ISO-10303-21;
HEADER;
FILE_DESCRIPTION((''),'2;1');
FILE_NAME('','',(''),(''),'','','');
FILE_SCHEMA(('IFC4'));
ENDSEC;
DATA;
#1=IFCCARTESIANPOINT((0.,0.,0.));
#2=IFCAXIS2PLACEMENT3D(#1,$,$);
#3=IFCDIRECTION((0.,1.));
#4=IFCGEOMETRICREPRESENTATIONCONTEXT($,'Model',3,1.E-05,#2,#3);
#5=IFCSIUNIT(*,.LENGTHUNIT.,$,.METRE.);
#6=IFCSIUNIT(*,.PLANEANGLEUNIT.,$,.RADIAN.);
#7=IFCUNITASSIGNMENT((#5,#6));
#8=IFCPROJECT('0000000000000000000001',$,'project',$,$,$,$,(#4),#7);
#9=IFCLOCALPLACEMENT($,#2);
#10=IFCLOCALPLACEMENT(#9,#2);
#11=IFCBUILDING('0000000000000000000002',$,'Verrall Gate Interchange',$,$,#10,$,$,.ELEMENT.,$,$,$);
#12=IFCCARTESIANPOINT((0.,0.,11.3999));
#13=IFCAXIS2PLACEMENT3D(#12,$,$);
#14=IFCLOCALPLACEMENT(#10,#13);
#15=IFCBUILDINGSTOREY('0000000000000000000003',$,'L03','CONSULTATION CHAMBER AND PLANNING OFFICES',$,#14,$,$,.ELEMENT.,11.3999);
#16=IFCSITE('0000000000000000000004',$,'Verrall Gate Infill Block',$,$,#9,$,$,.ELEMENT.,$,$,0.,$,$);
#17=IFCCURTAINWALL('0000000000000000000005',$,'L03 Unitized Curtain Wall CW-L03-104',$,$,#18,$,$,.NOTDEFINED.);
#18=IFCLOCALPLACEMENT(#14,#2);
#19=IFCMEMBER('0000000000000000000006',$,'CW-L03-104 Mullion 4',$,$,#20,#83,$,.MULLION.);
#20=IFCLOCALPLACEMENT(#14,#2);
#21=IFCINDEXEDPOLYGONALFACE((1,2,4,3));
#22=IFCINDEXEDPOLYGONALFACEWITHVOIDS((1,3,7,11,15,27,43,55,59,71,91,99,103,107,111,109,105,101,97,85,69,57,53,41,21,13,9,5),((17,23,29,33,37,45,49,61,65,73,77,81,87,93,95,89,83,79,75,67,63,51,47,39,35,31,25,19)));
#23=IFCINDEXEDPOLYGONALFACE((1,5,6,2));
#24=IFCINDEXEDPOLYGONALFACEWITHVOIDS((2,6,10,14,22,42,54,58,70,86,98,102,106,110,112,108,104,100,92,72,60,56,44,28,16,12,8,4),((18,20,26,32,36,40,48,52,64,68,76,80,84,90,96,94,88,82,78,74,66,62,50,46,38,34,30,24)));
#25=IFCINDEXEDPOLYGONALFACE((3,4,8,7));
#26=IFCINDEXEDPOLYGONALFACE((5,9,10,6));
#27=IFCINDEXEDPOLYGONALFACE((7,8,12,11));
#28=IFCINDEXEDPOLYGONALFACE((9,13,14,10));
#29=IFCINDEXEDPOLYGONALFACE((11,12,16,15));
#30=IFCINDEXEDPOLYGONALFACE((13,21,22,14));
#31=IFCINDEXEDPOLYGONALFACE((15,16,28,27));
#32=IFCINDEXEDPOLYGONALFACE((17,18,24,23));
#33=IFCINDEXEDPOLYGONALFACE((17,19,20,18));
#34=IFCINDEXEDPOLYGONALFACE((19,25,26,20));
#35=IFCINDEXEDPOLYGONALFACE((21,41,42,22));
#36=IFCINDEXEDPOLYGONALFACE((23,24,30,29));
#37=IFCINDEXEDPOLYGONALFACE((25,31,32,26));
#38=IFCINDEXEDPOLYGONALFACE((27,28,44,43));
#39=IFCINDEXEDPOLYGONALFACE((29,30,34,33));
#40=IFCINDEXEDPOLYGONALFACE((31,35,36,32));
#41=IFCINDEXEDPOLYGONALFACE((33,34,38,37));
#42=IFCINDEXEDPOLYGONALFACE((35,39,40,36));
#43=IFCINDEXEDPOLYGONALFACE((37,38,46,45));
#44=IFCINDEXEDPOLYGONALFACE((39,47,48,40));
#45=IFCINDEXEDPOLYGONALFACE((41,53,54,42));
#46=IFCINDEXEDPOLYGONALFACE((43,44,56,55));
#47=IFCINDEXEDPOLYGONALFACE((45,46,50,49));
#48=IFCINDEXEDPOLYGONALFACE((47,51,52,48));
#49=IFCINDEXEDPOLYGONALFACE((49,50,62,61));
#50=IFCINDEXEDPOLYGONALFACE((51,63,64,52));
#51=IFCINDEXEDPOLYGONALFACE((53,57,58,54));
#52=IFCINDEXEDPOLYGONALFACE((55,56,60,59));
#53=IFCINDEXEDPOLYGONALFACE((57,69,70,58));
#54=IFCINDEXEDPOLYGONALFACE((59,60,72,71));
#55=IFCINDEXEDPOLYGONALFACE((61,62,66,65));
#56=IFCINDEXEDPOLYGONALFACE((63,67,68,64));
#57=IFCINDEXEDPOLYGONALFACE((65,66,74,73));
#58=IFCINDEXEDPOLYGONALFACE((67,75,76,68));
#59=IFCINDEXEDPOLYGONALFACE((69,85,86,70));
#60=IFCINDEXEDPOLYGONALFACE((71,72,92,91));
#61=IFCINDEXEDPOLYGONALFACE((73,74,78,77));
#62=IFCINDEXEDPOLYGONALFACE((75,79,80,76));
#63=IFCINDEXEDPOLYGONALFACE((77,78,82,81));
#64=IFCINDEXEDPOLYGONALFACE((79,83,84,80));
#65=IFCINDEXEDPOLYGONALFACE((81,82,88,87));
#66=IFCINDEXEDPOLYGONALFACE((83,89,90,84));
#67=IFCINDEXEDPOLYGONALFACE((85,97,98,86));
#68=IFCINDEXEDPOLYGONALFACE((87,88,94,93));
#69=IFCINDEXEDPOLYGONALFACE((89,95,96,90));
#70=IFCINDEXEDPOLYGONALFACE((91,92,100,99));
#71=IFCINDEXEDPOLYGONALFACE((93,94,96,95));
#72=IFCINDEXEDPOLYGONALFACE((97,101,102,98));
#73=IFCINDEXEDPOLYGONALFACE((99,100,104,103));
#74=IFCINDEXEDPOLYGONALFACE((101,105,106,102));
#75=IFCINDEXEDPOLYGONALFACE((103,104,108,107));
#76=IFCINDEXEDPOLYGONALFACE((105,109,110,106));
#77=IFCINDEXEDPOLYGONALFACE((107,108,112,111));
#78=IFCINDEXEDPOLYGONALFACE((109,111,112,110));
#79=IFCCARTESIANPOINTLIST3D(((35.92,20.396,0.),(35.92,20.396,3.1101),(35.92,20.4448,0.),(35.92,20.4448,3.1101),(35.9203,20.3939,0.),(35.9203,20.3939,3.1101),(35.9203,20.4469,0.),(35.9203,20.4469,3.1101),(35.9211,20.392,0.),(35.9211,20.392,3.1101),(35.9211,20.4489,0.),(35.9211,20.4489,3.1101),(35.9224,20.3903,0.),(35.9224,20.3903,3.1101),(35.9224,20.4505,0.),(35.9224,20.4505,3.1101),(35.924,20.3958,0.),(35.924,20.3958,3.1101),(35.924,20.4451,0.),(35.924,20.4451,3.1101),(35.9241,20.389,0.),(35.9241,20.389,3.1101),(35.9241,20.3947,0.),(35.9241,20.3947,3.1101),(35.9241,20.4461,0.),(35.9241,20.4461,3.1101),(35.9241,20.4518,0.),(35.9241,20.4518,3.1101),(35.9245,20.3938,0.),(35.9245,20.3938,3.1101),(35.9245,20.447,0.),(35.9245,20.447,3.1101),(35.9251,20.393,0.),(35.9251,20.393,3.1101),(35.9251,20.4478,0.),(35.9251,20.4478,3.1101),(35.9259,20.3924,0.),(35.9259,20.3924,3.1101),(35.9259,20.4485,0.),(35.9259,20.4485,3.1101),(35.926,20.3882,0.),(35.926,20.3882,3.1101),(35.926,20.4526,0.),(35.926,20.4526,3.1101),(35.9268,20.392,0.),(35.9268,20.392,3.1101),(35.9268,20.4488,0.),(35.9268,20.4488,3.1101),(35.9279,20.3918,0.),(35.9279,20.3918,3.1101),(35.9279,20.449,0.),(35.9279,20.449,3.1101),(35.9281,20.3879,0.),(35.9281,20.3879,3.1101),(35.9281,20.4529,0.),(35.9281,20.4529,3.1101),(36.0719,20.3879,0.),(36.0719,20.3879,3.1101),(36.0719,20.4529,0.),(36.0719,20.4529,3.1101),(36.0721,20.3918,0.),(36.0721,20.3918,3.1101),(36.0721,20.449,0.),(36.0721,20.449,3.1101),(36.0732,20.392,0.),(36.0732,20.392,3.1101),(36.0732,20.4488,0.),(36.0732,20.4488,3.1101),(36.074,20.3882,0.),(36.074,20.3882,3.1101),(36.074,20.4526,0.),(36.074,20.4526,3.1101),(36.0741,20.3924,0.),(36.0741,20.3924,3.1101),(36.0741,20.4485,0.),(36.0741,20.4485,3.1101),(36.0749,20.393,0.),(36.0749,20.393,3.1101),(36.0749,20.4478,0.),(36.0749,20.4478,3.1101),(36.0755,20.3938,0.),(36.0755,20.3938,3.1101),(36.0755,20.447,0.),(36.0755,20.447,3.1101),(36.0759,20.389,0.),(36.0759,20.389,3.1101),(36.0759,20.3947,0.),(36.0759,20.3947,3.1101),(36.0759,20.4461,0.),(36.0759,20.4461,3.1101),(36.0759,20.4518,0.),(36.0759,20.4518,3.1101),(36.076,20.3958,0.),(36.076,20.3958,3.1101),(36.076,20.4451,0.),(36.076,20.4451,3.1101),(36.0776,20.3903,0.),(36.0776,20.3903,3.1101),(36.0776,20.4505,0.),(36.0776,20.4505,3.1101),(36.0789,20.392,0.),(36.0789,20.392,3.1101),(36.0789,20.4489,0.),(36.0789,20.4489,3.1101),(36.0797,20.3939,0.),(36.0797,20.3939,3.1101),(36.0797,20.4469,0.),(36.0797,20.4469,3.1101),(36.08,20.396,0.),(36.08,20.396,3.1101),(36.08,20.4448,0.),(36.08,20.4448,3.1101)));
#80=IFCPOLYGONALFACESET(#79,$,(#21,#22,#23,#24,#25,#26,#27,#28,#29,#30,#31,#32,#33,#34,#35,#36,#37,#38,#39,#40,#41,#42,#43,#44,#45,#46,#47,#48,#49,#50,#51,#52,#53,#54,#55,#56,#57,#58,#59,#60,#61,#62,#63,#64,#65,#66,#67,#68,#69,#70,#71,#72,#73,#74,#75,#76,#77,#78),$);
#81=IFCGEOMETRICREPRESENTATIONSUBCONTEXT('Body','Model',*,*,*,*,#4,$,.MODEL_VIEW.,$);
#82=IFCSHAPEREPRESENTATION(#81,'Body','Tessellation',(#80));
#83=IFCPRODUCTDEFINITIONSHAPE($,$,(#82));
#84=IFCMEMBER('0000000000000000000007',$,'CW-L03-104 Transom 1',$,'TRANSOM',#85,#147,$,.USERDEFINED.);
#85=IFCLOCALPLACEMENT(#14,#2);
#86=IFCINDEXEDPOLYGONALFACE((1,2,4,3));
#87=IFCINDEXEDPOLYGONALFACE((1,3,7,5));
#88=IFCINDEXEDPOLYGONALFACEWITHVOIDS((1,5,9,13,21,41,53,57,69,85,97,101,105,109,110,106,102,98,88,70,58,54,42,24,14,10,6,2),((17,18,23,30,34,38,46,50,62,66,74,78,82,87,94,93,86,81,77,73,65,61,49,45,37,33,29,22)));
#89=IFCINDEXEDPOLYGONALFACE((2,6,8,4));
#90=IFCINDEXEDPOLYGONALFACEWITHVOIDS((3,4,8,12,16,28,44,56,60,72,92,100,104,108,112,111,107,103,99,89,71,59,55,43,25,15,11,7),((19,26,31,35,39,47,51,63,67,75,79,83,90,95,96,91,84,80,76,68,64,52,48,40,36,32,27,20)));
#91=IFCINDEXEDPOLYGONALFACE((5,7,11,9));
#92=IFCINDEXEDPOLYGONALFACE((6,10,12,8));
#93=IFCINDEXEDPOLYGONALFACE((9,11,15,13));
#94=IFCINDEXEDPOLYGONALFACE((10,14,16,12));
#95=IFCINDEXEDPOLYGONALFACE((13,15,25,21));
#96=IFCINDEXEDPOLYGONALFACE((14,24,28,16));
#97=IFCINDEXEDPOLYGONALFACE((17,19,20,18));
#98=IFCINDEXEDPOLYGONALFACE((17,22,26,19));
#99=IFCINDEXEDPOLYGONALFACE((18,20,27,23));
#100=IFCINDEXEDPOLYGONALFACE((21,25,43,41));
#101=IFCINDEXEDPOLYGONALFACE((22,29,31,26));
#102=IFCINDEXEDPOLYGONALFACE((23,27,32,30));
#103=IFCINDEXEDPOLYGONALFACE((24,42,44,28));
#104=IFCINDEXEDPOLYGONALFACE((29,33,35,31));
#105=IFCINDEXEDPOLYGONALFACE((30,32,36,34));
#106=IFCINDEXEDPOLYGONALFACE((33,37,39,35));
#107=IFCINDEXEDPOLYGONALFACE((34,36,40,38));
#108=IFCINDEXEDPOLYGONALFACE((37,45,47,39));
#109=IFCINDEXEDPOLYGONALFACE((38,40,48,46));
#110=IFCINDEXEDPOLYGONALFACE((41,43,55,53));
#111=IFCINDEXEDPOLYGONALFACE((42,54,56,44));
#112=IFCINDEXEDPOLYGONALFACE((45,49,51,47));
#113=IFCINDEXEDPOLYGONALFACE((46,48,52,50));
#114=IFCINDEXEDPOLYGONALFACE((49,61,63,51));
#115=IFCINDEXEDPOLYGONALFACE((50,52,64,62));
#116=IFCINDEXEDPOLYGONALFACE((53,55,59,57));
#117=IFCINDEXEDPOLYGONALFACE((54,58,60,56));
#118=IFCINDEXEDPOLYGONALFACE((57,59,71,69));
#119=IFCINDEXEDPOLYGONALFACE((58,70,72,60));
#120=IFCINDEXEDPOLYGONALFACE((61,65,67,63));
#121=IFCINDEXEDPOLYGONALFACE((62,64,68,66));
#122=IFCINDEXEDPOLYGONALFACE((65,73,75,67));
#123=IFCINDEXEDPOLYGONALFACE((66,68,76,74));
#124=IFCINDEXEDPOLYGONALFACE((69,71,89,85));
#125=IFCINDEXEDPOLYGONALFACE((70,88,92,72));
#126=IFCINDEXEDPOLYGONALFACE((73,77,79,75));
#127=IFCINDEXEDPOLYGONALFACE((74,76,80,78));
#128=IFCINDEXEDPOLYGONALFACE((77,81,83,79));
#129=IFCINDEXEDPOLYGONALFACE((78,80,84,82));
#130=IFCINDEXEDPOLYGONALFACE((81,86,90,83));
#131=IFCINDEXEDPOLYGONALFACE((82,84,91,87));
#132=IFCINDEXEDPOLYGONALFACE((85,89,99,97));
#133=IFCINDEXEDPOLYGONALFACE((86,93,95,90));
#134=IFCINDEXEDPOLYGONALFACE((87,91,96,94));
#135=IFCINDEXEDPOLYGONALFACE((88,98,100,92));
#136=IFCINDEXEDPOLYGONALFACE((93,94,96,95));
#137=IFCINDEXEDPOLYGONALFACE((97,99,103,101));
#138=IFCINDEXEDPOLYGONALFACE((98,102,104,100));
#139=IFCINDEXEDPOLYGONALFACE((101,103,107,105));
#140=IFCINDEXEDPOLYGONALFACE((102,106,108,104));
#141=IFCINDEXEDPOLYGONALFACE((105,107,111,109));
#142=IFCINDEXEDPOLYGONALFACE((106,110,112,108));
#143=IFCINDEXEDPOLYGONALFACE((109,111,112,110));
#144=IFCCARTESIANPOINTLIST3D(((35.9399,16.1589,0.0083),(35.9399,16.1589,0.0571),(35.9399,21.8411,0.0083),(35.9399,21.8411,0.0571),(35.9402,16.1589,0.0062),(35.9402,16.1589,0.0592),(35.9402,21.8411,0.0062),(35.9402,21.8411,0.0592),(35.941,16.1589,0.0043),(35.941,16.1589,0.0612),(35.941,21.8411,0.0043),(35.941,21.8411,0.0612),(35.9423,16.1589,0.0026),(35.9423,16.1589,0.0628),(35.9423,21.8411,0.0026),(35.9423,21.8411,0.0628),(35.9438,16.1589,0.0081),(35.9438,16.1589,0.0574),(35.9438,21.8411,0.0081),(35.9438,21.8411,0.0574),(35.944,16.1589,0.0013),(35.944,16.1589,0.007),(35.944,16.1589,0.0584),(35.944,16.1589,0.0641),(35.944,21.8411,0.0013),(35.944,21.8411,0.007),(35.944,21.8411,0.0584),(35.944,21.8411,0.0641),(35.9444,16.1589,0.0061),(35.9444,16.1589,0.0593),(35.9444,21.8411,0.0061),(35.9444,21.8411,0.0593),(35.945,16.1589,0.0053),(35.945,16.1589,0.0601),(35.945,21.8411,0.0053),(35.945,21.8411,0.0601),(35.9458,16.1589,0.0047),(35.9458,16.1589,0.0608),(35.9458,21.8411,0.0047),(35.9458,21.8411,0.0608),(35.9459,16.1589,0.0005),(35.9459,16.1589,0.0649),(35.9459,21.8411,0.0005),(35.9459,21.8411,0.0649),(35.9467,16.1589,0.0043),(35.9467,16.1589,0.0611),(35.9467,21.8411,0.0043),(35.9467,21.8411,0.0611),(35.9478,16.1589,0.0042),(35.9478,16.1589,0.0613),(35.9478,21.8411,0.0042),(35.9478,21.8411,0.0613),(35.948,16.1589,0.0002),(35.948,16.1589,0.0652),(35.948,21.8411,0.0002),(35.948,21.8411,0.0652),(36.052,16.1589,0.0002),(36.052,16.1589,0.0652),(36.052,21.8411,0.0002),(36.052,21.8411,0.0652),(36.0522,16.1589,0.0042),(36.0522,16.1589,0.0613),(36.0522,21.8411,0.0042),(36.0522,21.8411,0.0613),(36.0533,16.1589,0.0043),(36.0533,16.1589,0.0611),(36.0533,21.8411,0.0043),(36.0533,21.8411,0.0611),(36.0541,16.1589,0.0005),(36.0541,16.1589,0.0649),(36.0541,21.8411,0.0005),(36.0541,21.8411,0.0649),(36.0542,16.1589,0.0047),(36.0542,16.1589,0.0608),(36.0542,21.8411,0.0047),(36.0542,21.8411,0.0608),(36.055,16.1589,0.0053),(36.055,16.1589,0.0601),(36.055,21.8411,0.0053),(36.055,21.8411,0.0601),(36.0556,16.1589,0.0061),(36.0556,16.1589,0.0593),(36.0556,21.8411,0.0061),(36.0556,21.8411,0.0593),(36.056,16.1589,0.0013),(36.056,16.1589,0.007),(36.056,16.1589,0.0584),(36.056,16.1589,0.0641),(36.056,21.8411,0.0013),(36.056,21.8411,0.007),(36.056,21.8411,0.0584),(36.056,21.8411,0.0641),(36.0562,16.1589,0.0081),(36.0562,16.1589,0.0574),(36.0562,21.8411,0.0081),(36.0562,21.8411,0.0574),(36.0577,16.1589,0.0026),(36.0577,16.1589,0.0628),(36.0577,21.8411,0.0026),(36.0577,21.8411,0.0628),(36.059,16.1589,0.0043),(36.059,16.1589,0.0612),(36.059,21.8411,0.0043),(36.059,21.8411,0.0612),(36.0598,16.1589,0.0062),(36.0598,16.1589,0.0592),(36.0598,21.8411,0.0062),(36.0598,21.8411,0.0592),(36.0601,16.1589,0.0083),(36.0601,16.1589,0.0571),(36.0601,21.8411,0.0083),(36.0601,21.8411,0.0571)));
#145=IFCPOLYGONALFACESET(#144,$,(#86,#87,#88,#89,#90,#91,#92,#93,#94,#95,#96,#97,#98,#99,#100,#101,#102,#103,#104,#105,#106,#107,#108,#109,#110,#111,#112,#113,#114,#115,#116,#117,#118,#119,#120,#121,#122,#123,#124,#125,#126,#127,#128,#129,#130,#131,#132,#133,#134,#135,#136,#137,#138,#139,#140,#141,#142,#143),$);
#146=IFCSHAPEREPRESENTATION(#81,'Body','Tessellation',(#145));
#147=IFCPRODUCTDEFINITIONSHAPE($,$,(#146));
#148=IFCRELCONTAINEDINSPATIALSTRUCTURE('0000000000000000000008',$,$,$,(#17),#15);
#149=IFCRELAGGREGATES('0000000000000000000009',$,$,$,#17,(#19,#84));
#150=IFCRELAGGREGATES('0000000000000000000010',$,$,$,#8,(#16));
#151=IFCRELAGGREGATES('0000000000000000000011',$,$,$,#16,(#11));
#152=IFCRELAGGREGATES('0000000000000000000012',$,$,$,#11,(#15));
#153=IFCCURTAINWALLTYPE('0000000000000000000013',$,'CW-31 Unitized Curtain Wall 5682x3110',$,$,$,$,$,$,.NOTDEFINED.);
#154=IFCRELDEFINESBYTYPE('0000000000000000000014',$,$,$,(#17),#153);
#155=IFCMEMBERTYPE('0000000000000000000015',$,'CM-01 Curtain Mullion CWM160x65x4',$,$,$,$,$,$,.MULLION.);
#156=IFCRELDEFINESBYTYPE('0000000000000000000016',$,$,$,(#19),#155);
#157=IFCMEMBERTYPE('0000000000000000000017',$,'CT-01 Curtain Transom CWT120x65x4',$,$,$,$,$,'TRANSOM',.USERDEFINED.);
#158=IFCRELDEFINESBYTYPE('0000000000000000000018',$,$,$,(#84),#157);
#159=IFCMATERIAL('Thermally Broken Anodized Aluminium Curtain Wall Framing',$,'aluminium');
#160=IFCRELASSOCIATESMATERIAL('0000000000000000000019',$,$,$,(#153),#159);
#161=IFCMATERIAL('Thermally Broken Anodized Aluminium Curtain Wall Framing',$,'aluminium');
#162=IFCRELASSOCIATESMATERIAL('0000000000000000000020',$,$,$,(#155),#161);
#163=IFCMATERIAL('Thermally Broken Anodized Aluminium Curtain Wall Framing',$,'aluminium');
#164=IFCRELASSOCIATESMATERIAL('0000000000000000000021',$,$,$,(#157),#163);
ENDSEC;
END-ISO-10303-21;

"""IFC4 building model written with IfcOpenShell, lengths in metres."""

from ifc_helpers import new_model, si_unit, direction, frame, origin, origin_2d, place, context, subcontext, project, spatial, hollow_rectangle, extrude, material, material_profile, profile_set, type_object, element, aggregate, save


model = new_model("IFC4")

# Units and contexts
model_context = context("Model", 3, precision=1e-05, world=origin(), true_north=direction((0.0, 1.0)))
body_context = subcontext(model_context, "Body", "Model", "MODEL_VIEW")
ifc_project = project(units=[si_unit("LENGTHUNIT", "METRE"), si_unit("PLANEANGLEUNIT", "RADIAN")], contexts=[model_context])

# Site, building, storey
site_placement = place(None, origin())
site = spatial("IfcSite", under=ifc_project, at=site_placement, Name="Verrall Gate Infill Block", CompositionType="ELEMENT", RefElevation=0.0)
building_placement = place(site_placement, origin())
building = spatial("IfcBuilding", under=site, at=building_placement, Name="Verrall Gate Interchange", CompositionType="ELEMENT")
storey_placement = place(building_placement, frame((0.0, 0.0, 11.3999)))
storey = spatial("IfcBuildingStorey", under=building, at=storey_placement, Name="L03", Description="CONSULTATION CHAMBER AND PLANNING OFFICES", CompositionType="ELEMENT", Elevation=11.3999)

# Curtain wall, members
ifc_material_1 = material(Name="Thermally Broken Anodized Aluminium Curtain Wall Framing", Category="aluminium")
curtain_wall_type = type_object("IfcCurtainWallType", Name="CW-31 Unitized Curtain Wall 5682x3110", PredefinedType="NOTDEFINED", material=ifc_material_1)
curtain_wall_placement = place(storey_placement, origin())
curtain_wall = element("IfcCurtainWall", 1, at=curtain_wall_placement, inside=storey, type_object=curtain_wall_type, Name="L03 Unitized Curtain Wall CW-L03-104", PredefinedType="NOTDEFINED")
ifc_material_2 = material(Name="Thermally Broken Anodized Aluminium Curtain Wall Framing", Category="aluminium")
ifc_material_profile_1 = material_profile(ifc_material_2, hollow_rectangle(XDim=0.0649, YDim=0.1599, WallThickness=0.0039, InnerFilletRadius=0.0039, OuterFilletRadius=0.0081, at=origin_2d()), Name="CWM160x65x4")
ifc_profile_set_1 = profile_set([ifc_material_profile_1], Name="Thermally Broken Anodized Aluminium Curtain Wall Framing")
member_type_1 = type_object("IfcMemberType", Name="CM-01 Curtain Mullion CWM160x65x4", PredefinedType="MULLION", material=ifc_profile_set_1)
member_1_placement = place(storey_placement, frame((36.0, 20.4204, 0.0), z_axis=(0.0, 0.0, 1.0), x_axis=(0.0, 1.0, 0.0)))
member_1 = element("IfcMember", 2, at=member_1_placement, type_object=member_type_1, Name="CW-L03-104 Mullion 4", PredefinedType="MULLION", context=body_context, shape_type="SweptSolid", body=[
    extrude(hollow_rectangle(XDim=0.0649, YDim=0.1599, WallThickness=0.0039, InnerFilletRadius=0.0039, OuterFilletRadius=0.0081, at=origin_2d()), origin(), (0.0, 0.0, 1.0), 3.1101),
])
ifc_material_3 = material(Name="Thermally Broken Anodized Aluminium Curtain Wall Framing", Category="aluminium")
ifc_material_profile_2 = material_profile(ifc_material_3, hollow_rectangle(XDim=0.1201, YDim=0.0649, WallThickness=0.0039, InnerFilletRadius=0.0039, OuterFilletRadius=0.0081, at=origin_2d()), Name="CWT120x65x4")
ifc_profile_set_2 = profile_set([ifc_material_profile_2], Name="Thermally Broken Anodized Aluminium Curtain Wall Framing")
member_type_2 = type_object("IfcMemberType", Name="CT-01 Curtain Transom CWT120x65x4", ElementType="TRANSOM", PredefinedType="USERDEFINED", material=ifc_profile_set_2)
member_2_placement = place(storey_placement, frame((36.0, 16.1589, 0.0327), z_axis=(0.0, 1.0, 0.0), x_axis=(-1.0, 0.0, 0.0)))
member_2 = element("IfcMember", 3, at=member_2_placement, type_object=member_type_2, Name="CW-L03-104 Transom 1", ObjectType="TRANSOM", PredefinedType="USERDEFINED", context=body_context, shape_type="SweptSolid", body=[
    extrude(hollow_rectangle(XDim=0.1201, YDim=0.0649, WallThickness=0.0039, InnerFilletRadius=0.0039, OuterFilletRadius=0.0081, at=origin_2d()), origin(), (0.0, 0.0, 1.0), 5.6821),
])

aggregate(curtain_wall, [member_1, member_2])

save(model, "model.ifc")
